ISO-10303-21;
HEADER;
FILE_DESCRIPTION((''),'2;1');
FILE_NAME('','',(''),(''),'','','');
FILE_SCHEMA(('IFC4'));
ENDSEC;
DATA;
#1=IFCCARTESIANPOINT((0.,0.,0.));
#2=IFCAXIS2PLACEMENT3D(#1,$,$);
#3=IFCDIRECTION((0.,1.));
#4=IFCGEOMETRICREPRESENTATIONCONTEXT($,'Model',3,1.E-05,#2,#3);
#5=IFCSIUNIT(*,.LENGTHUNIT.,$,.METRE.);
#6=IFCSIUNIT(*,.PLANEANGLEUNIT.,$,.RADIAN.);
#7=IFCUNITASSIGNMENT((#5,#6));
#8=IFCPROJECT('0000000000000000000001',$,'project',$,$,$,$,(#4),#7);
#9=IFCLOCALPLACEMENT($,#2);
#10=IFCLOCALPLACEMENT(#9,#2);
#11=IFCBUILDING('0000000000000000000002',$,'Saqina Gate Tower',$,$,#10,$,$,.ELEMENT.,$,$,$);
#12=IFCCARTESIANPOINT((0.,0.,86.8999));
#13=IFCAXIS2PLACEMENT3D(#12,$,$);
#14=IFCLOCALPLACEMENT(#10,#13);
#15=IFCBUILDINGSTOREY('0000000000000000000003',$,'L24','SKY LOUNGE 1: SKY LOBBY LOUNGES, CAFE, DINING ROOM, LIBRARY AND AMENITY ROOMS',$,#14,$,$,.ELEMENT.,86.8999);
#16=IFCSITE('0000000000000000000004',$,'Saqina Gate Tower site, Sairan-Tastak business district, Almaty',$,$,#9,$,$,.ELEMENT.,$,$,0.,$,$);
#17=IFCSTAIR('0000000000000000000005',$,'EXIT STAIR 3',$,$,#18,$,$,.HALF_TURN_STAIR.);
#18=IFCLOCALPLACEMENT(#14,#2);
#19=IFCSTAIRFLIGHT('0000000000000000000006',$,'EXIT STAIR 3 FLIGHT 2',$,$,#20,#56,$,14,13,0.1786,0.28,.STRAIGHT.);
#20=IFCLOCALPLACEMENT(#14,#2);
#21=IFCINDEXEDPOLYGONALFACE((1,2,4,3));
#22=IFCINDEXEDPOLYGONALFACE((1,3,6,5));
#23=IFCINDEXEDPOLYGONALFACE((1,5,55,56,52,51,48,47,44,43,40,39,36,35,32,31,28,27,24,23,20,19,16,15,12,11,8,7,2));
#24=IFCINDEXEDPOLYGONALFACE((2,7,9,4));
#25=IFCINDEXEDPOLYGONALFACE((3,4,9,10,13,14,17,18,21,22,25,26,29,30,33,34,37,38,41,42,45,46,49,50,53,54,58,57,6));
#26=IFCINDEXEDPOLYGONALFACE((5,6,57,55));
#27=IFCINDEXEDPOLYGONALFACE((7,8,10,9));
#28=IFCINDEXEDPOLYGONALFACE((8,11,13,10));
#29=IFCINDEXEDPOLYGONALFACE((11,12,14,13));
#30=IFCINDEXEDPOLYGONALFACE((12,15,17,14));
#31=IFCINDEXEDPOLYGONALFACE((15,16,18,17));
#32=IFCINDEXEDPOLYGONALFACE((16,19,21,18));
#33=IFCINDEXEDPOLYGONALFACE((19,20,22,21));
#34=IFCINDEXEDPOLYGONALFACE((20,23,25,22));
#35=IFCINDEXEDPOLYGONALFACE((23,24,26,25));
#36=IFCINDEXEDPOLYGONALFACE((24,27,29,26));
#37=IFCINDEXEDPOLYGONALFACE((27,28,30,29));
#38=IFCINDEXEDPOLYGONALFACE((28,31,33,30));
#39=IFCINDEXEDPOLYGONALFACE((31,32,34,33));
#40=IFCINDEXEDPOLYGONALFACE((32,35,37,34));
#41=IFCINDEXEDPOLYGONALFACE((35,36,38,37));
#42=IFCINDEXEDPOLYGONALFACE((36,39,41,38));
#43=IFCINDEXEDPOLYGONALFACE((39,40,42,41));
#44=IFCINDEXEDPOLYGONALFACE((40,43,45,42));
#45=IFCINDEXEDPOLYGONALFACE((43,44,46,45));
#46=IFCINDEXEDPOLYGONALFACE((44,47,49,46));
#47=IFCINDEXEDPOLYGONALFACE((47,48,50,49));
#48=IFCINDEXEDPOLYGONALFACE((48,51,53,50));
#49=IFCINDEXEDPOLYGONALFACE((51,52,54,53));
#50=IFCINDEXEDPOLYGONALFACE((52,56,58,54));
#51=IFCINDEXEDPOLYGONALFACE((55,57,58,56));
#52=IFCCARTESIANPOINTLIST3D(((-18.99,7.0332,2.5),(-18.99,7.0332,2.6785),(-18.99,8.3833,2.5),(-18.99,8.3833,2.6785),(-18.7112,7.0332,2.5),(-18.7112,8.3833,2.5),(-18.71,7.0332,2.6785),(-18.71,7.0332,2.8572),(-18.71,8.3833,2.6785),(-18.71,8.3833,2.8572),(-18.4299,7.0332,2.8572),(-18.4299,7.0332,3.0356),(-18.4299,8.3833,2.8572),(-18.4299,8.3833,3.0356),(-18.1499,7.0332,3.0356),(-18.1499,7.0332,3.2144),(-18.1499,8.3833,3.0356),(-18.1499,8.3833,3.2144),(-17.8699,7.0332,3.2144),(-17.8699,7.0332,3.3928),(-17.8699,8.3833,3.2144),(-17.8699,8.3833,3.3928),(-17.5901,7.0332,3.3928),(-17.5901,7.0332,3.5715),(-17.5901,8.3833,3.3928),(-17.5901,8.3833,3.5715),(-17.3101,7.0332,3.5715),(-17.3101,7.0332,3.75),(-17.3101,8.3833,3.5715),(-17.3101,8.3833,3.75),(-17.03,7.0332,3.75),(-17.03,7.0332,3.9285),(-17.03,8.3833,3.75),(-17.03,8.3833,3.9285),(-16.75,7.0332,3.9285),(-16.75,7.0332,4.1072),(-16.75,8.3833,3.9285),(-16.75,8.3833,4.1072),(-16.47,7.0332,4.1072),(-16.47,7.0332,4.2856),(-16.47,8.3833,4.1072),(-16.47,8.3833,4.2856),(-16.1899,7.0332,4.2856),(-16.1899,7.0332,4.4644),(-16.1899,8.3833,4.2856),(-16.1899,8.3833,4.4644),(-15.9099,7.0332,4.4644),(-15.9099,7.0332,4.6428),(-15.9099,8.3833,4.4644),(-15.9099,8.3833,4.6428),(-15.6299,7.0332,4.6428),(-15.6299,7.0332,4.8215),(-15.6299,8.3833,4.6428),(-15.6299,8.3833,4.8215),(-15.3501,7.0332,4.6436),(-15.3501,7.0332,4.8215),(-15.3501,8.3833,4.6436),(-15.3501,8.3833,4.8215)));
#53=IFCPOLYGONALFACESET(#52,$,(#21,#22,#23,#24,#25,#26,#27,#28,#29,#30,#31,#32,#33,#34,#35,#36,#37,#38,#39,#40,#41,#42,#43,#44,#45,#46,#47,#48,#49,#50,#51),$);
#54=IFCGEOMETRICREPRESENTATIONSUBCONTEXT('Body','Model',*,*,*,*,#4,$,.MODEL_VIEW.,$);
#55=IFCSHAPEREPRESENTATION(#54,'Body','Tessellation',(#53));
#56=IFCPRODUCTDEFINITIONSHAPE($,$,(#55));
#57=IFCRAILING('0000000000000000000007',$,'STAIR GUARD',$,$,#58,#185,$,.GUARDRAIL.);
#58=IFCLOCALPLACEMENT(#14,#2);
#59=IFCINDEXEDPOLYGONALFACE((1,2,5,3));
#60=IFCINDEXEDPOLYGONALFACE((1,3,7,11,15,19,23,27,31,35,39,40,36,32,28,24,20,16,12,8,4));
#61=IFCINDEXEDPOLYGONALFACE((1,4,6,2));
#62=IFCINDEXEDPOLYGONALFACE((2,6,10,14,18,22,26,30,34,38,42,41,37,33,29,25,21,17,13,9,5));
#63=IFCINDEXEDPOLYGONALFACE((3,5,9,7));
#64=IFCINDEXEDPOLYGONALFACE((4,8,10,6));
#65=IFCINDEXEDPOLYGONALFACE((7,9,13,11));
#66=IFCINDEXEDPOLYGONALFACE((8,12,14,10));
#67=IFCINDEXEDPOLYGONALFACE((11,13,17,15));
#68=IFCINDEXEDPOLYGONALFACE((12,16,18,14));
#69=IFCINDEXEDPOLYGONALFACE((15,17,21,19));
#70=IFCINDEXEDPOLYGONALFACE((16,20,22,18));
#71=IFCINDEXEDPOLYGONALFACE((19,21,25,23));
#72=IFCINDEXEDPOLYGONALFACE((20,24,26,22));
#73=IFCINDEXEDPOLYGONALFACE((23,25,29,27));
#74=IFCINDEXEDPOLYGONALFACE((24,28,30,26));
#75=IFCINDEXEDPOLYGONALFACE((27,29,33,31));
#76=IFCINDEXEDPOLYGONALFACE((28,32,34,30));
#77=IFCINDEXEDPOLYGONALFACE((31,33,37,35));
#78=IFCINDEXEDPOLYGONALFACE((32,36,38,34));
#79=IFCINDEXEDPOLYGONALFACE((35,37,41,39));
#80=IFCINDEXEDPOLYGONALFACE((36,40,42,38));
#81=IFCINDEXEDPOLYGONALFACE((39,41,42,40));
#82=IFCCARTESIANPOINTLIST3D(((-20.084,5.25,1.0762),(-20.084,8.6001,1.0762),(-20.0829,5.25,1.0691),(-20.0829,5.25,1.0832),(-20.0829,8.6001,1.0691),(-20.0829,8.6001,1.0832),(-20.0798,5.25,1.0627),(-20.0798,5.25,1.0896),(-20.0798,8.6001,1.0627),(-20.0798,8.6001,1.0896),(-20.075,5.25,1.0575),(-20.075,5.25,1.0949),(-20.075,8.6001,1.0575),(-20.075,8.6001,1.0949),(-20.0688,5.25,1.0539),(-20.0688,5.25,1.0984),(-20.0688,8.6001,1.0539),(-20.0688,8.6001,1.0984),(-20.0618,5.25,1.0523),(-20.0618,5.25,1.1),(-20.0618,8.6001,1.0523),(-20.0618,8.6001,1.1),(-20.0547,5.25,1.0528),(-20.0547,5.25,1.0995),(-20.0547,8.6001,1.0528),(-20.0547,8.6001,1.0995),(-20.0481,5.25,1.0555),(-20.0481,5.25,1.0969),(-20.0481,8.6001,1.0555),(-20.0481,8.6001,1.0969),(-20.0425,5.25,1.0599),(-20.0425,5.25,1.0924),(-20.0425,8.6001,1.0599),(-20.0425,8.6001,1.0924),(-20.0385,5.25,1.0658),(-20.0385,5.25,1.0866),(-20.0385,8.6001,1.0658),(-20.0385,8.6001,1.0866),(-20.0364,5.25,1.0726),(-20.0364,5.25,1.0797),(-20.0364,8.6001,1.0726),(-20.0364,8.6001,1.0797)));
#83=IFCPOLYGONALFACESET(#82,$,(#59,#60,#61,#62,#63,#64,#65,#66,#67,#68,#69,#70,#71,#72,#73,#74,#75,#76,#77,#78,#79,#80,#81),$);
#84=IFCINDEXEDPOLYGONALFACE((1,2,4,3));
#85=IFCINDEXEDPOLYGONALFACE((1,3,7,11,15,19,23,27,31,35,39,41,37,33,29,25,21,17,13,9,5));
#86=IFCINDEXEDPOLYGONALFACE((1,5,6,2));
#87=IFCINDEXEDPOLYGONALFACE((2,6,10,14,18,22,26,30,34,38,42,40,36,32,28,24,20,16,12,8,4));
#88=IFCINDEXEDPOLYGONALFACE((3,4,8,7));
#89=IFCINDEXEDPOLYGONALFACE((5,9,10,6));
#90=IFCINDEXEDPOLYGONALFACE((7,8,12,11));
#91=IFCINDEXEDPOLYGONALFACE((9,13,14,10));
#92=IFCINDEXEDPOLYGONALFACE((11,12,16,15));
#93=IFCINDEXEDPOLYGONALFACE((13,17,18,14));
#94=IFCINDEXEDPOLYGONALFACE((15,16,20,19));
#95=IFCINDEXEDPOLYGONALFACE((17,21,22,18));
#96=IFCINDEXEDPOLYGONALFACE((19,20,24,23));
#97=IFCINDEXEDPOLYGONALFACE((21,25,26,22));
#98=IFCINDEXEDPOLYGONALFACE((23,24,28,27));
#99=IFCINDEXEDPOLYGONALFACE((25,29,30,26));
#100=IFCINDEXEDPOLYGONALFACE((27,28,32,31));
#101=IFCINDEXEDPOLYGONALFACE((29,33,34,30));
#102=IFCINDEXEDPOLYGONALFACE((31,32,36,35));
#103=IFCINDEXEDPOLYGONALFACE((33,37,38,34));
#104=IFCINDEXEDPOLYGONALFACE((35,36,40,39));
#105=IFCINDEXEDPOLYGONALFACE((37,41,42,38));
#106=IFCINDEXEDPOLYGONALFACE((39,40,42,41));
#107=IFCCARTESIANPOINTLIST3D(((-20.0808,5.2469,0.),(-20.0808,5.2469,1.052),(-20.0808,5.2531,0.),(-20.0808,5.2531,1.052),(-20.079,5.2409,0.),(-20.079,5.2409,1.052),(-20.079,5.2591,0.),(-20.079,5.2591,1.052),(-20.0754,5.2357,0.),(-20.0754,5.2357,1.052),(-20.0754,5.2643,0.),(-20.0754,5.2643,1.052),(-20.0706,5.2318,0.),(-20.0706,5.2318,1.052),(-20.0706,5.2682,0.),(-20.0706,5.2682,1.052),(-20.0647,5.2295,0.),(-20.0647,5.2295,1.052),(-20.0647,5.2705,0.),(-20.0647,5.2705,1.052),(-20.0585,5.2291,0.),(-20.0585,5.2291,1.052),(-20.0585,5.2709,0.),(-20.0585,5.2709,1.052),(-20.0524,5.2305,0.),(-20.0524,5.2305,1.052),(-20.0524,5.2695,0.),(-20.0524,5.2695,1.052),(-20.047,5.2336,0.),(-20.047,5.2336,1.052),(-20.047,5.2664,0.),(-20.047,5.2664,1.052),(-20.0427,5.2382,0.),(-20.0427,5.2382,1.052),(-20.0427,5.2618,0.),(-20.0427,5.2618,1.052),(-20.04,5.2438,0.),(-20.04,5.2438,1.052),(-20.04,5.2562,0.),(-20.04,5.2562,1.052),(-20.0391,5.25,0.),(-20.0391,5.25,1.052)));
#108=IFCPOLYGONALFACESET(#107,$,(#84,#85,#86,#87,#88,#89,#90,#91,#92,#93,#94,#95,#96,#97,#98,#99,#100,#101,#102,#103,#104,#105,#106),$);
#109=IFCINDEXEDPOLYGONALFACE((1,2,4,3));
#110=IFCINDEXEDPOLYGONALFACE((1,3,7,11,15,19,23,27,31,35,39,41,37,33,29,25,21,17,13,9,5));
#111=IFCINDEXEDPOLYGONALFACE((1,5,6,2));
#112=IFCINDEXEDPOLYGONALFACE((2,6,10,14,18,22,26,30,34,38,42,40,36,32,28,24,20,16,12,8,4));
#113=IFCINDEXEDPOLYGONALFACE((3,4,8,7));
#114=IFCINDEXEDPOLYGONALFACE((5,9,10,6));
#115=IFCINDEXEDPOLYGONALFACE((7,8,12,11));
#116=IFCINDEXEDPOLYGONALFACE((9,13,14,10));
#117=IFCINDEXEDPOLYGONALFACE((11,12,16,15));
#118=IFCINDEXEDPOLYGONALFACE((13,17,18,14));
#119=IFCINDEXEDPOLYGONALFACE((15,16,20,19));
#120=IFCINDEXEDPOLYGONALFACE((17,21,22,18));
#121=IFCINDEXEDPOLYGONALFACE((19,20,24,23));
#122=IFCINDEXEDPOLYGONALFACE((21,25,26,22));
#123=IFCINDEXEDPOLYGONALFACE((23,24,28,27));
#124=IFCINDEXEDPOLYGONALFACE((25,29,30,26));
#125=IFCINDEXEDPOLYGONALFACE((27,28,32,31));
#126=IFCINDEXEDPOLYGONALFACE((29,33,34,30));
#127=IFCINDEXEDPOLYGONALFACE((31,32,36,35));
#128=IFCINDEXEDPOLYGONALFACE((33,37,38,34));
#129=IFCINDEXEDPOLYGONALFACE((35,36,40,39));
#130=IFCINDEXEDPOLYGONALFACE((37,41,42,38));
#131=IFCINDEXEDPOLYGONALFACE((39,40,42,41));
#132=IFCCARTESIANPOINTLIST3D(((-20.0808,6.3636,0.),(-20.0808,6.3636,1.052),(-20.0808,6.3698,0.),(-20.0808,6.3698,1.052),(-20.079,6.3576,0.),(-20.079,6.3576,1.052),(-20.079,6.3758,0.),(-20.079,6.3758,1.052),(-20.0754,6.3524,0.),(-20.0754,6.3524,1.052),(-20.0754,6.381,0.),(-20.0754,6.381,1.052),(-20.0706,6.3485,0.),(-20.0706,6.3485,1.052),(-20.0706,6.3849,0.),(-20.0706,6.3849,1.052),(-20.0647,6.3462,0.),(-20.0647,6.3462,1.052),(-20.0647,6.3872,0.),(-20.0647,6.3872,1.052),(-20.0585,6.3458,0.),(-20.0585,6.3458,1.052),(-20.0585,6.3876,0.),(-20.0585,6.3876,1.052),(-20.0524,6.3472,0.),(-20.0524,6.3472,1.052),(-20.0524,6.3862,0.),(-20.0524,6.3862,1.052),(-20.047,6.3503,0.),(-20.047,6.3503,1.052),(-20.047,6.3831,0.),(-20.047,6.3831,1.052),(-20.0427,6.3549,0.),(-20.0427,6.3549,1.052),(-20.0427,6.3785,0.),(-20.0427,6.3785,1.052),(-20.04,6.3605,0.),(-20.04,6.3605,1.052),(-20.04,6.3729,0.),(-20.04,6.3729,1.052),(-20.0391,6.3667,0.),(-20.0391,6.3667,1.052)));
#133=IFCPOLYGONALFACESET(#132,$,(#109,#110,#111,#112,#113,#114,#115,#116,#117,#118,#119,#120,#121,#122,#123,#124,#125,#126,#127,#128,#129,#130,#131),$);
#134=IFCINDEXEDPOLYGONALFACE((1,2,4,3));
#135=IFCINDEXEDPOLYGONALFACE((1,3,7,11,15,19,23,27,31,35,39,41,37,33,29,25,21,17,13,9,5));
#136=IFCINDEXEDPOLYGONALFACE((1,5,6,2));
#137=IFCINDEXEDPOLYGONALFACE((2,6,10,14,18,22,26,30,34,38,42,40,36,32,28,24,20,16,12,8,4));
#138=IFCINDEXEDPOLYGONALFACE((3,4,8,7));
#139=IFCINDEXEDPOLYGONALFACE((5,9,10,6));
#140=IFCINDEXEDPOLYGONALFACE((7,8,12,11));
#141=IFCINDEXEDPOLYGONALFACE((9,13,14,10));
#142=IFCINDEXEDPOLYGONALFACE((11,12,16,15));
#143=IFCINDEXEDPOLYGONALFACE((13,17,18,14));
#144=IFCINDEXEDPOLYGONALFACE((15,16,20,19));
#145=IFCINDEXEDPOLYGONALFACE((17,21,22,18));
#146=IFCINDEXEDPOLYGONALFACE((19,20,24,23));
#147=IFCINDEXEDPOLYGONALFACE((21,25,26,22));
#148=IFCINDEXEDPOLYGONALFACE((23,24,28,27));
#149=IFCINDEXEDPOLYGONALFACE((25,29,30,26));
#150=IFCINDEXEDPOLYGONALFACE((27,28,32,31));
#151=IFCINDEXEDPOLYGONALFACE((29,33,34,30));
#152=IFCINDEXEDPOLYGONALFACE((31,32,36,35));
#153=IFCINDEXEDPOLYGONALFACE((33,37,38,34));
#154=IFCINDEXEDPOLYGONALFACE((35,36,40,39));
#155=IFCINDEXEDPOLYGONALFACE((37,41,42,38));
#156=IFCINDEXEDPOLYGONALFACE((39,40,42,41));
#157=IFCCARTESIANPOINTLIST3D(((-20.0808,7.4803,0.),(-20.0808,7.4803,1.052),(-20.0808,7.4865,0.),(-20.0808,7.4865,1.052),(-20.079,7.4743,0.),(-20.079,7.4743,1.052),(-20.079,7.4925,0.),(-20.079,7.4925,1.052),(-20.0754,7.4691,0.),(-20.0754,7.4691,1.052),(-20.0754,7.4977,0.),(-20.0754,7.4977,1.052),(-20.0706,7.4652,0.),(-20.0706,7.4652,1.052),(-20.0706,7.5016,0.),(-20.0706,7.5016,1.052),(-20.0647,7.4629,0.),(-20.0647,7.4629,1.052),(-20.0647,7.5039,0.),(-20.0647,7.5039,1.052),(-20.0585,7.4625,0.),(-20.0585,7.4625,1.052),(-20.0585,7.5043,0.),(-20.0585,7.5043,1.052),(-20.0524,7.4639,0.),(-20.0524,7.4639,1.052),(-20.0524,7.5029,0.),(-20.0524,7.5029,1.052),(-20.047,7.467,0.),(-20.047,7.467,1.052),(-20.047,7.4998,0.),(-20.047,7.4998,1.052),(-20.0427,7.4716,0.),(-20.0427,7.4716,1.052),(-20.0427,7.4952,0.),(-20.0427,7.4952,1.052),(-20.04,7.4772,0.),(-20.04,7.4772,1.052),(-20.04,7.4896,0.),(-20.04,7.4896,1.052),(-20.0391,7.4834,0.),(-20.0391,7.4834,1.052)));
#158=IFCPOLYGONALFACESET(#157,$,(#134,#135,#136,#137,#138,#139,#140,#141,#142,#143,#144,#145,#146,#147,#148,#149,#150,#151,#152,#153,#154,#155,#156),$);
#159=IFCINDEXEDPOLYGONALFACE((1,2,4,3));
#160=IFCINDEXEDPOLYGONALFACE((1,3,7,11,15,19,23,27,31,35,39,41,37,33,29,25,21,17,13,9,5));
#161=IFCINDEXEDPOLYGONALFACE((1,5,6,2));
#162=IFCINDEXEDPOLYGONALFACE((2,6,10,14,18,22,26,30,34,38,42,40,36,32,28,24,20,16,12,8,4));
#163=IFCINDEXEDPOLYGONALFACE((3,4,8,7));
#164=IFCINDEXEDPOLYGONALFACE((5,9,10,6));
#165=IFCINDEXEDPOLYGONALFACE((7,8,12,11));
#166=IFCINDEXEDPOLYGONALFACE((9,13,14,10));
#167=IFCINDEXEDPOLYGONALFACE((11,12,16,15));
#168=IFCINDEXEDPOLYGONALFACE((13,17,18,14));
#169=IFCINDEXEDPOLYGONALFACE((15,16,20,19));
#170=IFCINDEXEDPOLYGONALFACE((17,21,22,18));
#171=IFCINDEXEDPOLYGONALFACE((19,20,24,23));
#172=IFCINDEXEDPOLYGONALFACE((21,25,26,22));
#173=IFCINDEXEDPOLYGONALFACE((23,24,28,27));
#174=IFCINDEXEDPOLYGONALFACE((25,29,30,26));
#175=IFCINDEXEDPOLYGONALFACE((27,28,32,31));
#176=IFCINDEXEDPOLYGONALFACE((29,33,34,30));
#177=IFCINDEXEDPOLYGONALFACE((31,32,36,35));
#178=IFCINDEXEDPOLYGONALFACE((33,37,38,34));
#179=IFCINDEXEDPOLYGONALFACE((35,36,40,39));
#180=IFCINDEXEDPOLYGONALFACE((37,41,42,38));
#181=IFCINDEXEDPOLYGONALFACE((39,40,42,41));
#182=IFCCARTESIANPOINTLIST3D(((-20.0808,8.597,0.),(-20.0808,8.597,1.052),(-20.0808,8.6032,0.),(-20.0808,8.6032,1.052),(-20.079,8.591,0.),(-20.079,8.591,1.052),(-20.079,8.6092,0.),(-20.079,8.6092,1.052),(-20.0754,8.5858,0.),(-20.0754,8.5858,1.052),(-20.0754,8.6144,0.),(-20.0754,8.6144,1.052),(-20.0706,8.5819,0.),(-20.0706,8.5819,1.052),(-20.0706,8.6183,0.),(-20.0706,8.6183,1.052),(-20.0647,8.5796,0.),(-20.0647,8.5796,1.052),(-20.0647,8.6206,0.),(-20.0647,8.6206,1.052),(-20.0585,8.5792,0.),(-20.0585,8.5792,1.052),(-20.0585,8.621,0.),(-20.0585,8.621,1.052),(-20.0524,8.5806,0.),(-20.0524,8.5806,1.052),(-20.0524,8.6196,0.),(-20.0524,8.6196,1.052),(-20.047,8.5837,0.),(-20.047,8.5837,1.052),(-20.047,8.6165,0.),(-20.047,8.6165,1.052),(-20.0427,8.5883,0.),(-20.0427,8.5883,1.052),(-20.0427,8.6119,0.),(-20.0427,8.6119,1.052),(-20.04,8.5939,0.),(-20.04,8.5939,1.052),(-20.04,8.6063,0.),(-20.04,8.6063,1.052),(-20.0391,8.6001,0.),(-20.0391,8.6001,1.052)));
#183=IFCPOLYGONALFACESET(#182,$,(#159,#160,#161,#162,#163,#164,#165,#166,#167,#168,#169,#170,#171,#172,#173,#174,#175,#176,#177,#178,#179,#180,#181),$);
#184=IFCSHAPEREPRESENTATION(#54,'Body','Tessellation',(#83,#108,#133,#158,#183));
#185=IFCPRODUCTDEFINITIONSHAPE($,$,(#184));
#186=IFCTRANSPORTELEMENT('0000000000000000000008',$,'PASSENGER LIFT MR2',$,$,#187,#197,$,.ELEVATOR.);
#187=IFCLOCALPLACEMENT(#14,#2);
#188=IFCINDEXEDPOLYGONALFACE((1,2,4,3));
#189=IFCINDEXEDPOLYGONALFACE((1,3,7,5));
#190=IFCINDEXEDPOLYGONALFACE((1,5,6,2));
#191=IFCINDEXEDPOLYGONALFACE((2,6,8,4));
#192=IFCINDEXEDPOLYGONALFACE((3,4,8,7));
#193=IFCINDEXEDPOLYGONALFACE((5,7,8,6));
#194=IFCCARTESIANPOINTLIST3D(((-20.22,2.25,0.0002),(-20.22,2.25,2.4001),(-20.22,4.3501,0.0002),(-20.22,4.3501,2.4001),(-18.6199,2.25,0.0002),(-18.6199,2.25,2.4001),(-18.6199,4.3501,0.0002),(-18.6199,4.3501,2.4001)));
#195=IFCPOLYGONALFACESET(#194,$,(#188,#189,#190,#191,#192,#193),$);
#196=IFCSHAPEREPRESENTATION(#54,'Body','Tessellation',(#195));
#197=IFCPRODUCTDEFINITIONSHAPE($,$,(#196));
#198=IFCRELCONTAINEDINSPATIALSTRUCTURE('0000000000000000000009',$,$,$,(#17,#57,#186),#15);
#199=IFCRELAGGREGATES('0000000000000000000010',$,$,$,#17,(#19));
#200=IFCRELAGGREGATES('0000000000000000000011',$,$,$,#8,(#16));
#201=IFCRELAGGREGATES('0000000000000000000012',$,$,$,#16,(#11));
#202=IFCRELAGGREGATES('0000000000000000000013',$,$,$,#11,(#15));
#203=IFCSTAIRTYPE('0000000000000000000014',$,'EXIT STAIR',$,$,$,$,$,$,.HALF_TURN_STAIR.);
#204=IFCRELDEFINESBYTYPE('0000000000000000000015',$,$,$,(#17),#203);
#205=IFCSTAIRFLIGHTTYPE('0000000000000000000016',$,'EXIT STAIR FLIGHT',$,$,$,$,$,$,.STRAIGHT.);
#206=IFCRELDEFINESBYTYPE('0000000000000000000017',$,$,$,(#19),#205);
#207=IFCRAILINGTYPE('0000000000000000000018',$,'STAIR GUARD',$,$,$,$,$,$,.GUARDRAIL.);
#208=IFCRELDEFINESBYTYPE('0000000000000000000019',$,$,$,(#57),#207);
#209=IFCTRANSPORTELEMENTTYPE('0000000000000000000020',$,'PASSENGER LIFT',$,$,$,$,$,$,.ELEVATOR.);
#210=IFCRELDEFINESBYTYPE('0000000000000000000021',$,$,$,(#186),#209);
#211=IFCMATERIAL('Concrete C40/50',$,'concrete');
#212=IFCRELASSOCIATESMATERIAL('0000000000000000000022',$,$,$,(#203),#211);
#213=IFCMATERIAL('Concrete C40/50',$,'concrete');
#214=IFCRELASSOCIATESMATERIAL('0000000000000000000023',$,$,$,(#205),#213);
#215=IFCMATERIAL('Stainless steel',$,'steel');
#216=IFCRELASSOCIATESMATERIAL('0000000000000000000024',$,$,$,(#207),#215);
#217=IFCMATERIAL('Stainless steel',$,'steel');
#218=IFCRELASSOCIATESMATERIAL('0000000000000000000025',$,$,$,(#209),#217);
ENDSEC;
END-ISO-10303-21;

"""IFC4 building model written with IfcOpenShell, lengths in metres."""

from ifc_helpers import new_model, si_unit, direction, frame, origin, origin_2d, place, context, subcontext, project, spatial, polyline, rectangle, circle, outline, extrude, material, type_object, element, aggregate, save


model = new_model("IFC4")

# Units and contexts
model_context = context("Model", 3, precision=1e-05, world=origin(), true_north=direction((0.0, 1.0)))
body_context = subcontext(model_context, "Body", "Model", "MODEL_VIEW")
ifc_project = project(units=[si_unit("LENGTHUNIT", "METRE"), si_unit("PLANEANGLEUNIT", "RADIAN")], contexts=[model_context])

# Site, building, storey
site_placement = place(None, origin())
site = spatial("IfcSite", under=ifc_project, at=site_placement, Name="Saqina Gate Tower site, Sairan-Tastak business district, Almaty", CompositionType="ELEMENT", RefElevation=0.0)
building_placement = place(site_placement, origin())
building = spatial("IfcBuilding", under=site, at=building_placement, Name="Saqina Gate Tower", CompositionType="ELEMENT")
storey_placement = place(building_placement, frame((0.0, 0.0, 86.8999)))
storey = spatial("IfcBuildingStorey", under=building, at=storey_placement, Name="L24", Description="SKY LOUNGE 1: SKY LOBBY LOUNGES, CAFE, DINING ROOM, LIBRARY AND AMENITY ROOMS", CompositionType="ELEMENT", Elevation=86.8999)

# Stair, stair flight
ifc_material_1 = material(Name="Concrete C40/50", Category="concrete")
stair_type = type_object("IfcStairType", Name="EXIT STAIR", PredefinedType="HALF_TURN_STAIR", material=ifc_material_1)
stair_placement = place(storey_placement, origin())
stair = element("IfcStair", 1, at=stair_placement, inside=storey, type_object=stair_type, Name="EXIT STAIR 3", PredefinedType="HALF_TURN_STAIR")
ifc_material_2 = material(Name="Concrete C40/50", Category="concrete")
stair_flight_type = type_object("IfcStairFlightType", Name="EXIT STAIR FLIGHT", PredefinedType="STRAIGHT", material=ifc_material_2)
stair_flight_1_placement = place(storey_placement, frame((-18.99, 7.7083, 2.5), z_axis=(0.0, 0.0, 1.0), x_axis=(1.0, 0.0, 0.0)))
stair_flight_1 = element("IfcStairFlight", 2, at=stair_flight_1_placement, type_object=stair_flight_type, Name="EXIT STAIR 3 FLIGHT 2", NumberOfRisers=14, NumberOfTreads=13, PredefinedType="STRAIGHT", RiserHeight=0.1786, TreadLength=0.28, context=body_context, shape_type="SweptSolid", body=[
    extrude(outline(polyline([(0.0, 0.0), (0.0, 0.1785), (0.28, 0.1785), (0.28, 0.3572), (0.5601, 0.3572), (0.5601, 0.5356), (0.8401, 0.5356), (0.8401, 0.7144), (1.1201, 0.7144), (1.1201, 0.8928), (1.3999, 0.8928), (1.3999, 1.0715), (1.6799, 1.0715), (1.6799, 1.25), (1.96, 1.25), (1.96, 1.4285), (2.24, 1.4285), (2.24, 1.6072), (2.52, 1.6072), (2.52, 1.7856), (2.8, 1.7856), (2.8, 1.9644), (3.0801, 1.9644), (3.0801, 2.1428), (3.3601, 2.1428), (3.3601, 2.3215), (3.6399, 2.3215), (3.6399, 2.5), (3.6399, 2.1436), (0.2788, 0.0), (0.0, 0.0)])), frame((0.0, 0.675, 0.0), z_axis=(0.0, -1.0, 0.0), x_axis=(1.0, 0.0, 0.0)), (0.0, 0.0, 1.0), 1.3501),
])
aggregate(stair, [stair_flight_1])

# Railing
ifc_material_3 = material(Name="Stainless steel", Category="steel")
railing_type_1 = type_object("IfcRailingType", Name="STAIR GUARD", PredefinedType="GUARDRAIL", material=ifc_material_3)
railing_1_placement = place(storey_placement, frame((-20.0601, 5.25, 0.0)))
element("IfcRailing", 3, at=railing_1_placement, inside=storey, type_object=railing_type_1, Name="STAIR GUARD", PredefinedType="GUARDRAIL", context=body_context, shape_type="SweptSolid", body=[
    extrude(circle(Radius=0.0239, at=origin_2d()), frame((0.0, 0.0, 1.0762), z_axis=(0.0, 1.0, 0.0), x_axis=(-1.0, 0.0, 0.0)), (0.0, 0.0, 1.0), 3.3501),
    extrude(circle(Radius=0.021, at=origin_2d()), origin(), (0.0, 0.0, 1.0), 1.052),
    extrude(circle(Radius=0.021, at=origin_2d()), frame((0.0, 1.1167, 0.0)), (0.0, 0.0, 1.0), 1.052),
    extrude(circle(Radius=0.021, at=origin_2d()), frame((0.0, 2.2334, 0.0)), (0.0, 0.0, 1.0), 1.052),
    extrude(circle(Radius=0.021, at=origin_2d()), frame((0.0, 3.3501, 0.0)), (0.0, 0.0, 1.0), 1.052),
])

# Transport element
ifc_material_4 = material(Name="Stainless steel", Category="steel")
transport_element_type = type_object("IfcTransportElementType", Name="PASSENGER LIFT", PredefinedType="ELEVATOR", material=ifc_material_4)
transport_element_placement = place(storey_placement, frame((-19.4199, 3.3, 0.0002), z_axis=(0.0, 0.0, 1.0), x_axis=(1.0, 0.0, 0.0)))
element("IfcTransportElement", 4, at=transport_element_placement, inside=storey, type_object=transport_element_type, Name="PASSENGER LIFT MR2", PredefinedType="ELEVATOR", context=body_context, shape_type="SweptSolid", body=[
    extrude(rectangle(XDim=1.6001, YDim=2.1001, at=origin_2d()), origin(), (0.0, 0.0, 1.0), 2.3999),
])

save(model, "model.ifc")
